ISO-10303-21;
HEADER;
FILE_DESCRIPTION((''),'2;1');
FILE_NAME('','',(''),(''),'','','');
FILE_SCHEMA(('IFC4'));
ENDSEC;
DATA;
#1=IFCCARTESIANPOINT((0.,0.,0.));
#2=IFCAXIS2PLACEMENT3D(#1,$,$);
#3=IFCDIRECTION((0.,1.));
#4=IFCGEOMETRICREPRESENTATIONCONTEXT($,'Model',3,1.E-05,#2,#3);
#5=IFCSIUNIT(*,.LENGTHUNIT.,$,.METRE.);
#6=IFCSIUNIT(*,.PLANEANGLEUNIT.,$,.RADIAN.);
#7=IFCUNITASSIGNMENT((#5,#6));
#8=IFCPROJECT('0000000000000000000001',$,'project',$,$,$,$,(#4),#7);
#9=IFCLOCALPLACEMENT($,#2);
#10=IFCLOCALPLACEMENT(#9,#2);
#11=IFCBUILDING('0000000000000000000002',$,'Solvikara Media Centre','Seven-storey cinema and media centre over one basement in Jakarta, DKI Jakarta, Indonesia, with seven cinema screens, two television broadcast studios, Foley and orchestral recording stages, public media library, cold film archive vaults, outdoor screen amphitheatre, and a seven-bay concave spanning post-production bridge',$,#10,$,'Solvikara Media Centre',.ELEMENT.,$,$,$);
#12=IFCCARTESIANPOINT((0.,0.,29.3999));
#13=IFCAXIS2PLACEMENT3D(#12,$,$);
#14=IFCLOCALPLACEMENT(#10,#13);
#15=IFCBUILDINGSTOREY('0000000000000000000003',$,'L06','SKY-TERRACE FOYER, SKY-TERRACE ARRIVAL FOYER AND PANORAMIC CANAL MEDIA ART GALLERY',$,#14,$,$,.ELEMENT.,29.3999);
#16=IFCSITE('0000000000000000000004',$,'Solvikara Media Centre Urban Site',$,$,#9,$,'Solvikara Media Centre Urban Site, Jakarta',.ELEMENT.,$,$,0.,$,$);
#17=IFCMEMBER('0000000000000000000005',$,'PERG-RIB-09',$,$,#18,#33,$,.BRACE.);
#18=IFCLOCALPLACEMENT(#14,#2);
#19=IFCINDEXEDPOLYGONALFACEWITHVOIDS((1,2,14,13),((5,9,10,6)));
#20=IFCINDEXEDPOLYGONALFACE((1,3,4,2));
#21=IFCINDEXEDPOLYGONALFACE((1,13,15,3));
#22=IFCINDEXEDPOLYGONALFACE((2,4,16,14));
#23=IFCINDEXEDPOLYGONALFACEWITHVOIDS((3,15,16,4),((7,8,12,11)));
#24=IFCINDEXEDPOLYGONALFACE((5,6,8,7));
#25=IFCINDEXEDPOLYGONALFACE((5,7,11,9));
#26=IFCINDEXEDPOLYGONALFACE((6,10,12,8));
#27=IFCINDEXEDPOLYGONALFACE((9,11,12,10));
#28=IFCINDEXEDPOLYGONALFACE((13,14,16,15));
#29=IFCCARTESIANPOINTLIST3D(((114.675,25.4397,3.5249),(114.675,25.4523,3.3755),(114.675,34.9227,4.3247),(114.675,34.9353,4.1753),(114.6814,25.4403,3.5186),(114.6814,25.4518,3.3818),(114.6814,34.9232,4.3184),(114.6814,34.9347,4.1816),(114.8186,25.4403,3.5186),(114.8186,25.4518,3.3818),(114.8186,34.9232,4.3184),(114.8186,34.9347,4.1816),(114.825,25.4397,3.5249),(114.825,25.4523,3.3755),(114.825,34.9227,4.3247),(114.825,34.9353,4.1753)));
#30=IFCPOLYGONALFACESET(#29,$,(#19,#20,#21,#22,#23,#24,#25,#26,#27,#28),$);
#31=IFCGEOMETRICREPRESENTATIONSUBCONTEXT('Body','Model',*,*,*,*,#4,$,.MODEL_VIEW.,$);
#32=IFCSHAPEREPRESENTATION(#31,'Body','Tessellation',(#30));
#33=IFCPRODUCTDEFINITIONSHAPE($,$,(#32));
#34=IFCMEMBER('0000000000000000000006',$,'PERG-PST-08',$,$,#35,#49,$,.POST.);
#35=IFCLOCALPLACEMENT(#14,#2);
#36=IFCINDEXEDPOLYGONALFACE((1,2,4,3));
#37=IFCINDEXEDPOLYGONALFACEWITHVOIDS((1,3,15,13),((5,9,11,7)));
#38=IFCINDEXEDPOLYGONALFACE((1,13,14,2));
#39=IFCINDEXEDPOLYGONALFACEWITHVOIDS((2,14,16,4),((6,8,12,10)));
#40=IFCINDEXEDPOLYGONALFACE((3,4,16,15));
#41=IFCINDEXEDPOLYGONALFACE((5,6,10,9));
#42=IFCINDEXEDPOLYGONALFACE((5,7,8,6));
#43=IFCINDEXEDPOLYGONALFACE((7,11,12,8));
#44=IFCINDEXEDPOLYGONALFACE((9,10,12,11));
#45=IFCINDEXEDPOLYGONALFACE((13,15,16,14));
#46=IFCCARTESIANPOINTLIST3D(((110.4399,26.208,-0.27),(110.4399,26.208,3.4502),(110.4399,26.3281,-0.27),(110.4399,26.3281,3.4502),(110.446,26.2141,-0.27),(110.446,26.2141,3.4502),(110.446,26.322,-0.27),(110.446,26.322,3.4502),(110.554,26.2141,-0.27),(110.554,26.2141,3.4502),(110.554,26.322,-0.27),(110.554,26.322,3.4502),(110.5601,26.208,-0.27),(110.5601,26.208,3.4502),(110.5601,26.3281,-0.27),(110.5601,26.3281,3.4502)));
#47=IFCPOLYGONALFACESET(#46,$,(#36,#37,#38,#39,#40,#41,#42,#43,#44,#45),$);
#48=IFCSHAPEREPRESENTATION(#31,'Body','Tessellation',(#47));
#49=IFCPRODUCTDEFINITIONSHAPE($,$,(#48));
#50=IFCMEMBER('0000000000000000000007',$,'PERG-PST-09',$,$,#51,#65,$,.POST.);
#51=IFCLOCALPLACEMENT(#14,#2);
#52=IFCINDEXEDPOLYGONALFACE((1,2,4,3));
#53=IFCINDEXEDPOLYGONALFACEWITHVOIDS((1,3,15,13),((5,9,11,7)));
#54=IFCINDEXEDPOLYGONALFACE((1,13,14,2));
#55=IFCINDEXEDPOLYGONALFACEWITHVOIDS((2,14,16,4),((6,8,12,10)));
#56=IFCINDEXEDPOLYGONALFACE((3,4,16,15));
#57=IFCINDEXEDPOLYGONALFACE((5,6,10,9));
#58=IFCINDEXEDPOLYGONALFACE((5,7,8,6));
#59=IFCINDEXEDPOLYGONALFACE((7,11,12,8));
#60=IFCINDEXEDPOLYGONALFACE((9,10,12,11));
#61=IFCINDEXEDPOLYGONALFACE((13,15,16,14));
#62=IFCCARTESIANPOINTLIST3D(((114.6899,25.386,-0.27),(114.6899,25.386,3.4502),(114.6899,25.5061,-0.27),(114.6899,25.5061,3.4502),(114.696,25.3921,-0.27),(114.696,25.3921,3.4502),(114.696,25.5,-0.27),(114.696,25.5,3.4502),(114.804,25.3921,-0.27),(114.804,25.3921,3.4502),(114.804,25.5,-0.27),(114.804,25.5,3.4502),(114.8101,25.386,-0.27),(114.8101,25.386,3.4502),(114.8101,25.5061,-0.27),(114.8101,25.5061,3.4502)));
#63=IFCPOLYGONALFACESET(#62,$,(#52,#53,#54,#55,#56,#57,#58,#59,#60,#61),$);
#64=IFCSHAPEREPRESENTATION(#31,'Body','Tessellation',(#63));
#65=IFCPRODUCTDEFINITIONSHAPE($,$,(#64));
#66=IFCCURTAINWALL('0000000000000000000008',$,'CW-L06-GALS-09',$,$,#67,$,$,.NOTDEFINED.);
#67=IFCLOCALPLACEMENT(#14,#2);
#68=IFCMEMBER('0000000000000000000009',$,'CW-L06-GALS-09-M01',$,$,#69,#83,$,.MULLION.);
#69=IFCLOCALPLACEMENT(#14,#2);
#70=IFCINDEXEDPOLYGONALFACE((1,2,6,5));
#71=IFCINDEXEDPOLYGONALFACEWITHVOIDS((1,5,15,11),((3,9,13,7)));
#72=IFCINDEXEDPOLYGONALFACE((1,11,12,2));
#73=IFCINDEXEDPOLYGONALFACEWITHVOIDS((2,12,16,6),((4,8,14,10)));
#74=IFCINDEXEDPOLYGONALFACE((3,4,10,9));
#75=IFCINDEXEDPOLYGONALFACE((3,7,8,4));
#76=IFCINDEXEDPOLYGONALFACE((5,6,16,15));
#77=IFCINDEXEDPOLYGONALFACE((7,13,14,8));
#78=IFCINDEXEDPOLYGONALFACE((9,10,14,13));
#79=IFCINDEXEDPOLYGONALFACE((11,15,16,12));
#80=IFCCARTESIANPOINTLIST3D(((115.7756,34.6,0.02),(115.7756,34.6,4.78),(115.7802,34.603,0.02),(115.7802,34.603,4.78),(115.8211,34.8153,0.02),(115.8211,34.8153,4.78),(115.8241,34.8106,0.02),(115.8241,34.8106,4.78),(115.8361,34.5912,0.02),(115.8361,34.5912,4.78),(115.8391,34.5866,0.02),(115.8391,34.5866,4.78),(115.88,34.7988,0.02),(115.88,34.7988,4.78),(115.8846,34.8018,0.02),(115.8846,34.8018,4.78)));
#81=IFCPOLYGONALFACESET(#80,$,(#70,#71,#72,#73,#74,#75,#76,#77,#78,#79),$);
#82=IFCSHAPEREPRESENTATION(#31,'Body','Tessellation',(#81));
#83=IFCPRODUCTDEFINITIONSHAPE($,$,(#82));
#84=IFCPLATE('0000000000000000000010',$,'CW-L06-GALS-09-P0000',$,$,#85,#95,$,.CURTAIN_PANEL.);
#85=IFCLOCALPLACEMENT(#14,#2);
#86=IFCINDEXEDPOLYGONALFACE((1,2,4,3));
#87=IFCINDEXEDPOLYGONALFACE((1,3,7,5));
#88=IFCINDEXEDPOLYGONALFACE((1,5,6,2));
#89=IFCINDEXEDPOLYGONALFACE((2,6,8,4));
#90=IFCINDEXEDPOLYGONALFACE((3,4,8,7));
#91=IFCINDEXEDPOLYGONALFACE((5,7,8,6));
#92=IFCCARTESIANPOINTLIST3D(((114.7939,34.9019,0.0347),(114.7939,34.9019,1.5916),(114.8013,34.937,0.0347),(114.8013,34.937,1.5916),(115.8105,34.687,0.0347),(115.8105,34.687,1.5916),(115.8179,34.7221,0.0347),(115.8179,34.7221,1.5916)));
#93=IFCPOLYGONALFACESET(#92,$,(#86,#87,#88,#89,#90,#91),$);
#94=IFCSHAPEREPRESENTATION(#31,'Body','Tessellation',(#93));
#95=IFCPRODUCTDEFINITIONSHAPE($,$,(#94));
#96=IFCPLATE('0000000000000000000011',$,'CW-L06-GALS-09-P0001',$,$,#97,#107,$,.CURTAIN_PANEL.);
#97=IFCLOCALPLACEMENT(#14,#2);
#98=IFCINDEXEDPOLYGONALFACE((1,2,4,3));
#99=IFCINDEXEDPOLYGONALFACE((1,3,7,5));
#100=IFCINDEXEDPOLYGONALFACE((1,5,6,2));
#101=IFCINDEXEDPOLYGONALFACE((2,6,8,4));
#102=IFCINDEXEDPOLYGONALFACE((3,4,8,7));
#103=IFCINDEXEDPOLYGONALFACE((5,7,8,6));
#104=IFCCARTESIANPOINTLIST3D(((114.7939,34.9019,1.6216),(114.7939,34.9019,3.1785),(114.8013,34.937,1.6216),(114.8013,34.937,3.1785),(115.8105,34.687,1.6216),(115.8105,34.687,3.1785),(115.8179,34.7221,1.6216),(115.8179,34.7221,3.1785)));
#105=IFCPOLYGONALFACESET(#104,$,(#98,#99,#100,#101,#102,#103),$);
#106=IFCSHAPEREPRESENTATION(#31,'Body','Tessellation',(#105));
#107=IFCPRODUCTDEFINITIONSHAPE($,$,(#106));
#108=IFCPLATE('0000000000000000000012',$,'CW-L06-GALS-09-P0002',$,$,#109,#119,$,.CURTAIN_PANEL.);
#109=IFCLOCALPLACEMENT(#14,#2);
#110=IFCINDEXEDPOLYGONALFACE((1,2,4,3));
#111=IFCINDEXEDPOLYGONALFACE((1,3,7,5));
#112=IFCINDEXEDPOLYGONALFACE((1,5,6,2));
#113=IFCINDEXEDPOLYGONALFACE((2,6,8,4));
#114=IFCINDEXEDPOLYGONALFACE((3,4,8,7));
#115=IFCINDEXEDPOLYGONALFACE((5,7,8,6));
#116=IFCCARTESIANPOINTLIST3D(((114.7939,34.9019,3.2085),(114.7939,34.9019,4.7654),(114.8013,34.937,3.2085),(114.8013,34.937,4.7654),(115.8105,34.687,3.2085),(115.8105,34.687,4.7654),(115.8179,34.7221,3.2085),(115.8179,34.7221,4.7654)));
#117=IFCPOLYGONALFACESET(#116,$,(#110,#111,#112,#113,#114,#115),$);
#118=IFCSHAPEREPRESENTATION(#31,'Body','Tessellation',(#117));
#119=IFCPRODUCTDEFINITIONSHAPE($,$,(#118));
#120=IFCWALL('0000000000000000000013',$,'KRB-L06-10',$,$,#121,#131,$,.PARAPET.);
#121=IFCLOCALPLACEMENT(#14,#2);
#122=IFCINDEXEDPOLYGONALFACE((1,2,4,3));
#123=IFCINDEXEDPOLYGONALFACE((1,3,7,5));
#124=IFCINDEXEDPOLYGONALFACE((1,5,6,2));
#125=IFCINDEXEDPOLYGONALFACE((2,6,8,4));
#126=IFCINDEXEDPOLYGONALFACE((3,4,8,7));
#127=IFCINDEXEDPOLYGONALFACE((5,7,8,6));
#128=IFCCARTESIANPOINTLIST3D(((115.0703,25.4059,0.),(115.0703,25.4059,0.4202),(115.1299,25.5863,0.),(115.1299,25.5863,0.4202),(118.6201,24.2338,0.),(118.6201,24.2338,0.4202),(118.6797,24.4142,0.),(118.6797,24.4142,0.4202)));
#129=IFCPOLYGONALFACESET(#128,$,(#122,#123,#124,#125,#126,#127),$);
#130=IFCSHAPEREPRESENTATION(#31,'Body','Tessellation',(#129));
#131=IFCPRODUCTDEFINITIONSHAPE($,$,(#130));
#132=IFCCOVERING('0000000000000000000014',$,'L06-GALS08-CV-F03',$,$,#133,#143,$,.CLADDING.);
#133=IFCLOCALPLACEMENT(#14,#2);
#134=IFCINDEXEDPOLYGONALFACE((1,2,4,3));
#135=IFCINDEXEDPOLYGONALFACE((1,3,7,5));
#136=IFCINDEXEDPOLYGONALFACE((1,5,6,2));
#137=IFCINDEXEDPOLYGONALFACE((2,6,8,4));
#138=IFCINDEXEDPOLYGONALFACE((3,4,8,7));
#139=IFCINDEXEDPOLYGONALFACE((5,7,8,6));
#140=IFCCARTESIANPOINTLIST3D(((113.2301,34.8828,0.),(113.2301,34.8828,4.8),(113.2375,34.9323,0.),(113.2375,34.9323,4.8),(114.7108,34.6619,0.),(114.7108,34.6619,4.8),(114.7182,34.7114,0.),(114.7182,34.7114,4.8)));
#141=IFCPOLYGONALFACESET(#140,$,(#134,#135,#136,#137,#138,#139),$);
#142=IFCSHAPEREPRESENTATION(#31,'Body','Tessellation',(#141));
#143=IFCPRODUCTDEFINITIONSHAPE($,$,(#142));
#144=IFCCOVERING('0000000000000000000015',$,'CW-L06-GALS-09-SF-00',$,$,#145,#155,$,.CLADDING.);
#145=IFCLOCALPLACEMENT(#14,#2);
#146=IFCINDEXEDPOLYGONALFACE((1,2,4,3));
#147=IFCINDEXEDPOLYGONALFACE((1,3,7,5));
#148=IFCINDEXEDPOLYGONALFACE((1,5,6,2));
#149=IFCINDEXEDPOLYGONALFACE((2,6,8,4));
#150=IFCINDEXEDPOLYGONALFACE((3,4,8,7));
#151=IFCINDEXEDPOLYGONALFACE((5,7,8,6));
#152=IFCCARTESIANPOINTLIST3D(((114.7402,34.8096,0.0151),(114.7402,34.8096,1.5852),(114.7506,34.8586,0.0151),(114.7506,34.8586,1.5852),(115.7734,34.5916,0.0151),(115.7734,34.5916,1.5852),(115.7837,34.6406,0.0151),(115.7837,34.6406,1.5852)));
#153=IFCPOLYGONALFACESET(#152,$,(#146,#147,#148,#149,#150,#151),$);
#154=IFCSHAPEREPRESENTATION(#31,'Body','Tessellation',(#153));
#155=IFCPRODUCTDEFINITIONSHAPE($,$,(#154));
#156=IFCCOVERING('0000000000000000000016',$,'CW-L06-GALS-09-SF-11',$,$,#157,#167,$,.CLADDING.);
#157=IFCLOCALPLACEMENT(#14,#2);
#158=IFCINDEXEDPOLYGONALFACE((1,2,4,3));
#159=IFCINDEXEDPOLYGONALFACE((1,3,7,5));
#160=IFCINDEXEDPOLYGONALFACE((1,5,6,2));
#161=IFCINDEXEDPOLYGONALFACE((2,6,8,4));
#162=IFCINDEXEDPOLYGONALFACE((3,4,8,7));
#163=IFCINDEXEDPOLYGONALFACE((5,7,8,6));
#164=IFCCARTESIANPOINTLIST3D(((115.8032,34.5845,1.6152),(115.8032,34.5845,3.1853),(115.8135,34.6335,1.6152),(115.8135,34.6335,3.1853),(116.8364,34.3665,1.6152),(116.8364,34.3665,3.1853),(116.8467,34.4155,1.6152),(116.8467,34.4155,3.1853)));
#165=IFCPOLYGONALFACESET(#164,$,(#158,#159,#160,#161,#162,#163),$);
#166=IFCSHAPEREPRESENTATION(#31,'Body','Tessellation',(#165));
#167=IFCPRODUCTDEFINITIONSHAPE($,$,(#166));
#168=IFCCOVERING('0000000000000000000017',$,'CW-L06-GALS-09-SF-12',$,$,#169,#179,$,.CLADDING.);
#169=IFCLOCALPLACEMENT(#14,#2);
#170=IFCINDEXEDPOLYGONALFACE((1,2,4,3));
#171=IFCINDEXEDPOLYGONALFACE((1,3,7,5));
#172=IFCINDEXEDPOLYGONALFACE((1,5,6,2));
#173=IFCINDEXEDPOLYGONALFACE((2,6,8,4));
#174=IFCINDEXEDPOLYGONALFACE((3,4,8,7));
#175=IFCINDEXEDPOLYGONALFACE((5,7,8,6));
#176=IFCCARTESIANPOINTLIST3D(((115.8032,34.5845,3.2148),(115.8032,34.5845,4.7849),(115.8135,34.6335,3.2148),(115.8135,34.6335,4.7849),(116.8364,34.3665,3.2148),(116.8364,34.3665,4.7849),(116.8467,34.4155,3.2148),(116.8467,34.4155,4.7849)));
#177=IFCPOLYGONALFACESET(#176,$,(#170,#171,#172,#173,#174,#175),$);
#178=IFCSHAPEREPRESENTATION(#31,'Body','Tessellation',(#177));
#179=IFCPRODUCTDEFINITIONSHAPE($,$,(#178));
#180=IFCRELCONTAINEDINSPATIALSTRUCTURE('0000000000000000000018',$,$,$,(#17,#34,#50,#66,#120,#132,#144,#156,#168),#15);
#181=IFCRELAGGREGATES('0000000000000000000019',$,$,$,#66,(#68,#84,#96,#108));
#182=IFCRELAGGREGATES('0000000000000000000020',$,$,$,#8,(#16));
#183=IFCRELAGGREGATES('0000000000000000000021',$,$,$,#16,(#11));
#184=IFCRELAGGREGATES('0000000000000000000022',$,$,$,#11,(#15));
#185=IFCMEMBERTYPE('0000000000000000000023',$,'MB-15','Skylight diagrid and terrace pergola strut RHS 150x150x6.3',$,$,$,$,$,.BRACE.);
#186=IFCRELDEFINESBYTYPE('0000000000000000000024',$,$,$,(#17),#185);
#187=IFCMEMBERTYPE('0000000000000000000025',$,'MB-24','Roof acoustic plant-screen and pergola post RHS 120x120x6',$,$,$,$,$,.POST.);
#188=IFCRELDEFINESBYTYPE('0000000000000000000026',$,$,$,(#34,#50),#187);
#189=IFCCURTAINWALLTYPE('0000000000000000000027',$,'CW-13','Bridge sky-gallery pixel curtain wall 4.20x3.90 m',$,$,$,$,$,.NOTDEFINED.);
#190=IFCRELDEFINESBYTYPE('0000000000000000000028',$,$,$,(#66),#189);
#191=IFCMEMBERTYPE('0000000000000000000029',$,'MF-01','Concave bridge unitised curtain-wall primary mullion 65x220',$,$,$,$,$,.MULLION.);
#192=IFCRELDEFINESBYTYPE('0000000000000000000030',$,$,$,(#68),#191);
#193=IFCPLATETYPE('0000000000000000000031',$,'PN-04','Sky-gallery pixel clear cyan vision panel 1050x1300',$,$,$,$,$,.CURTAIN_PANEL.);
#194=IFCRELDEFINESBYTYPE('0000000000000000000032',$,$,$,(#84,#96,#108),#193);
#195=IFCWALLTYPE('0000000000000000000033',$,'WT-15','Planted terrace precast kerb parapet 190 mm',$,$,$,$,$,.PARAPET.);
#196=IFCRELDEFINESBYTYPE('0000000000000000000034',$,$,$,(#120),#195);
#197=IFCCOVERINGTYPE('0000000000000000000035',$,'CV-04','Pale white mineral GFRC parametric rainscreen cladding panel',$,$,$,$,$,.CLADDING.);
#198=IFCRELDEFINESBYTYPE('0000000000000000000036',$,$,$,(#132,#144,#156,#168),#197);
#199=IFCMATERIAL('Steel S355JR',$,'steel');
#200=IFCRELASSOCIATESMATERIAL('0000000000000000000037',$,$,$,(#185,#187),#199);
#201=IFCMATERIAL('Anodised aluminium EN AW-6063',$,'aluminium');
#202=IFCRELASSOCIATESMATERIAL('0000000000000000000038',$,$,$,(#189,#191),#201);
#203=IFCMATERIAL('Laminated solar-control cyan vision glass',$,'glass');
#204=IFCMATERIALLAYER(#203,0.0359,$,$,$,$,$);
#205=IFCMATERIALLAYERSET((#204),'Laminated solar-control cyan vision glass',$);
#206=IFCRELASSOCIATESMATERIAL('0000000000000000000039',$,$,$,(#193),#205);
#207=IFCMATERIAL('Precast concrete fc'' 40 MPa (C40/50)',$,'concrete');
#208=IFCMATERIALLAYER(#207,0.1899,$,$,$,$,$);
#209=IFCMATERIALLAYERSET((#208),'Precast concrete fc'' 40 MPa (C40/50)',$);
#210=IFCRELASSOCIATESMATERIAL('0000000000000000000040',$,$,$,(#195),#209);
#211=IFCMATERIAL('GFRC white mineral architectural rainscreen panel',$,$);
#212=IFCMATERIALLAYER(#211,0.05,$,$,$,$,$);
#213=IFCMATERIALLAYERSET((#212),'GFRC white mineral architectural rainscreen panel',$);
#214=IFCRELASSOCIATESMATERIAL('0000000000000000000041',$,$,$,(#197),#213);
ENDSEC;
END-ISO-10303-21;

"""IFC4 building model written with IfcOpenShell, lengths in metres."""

from ifc_helpers import new_model, si_unit, direction, frame, frame_2d, origin, origin_2d, place, context, subcontext, project, spatial, rectangle, hollow_rectangle, extrude, material, layer, layer_set, material_profile, profile_set, type_object, element, aggregate, save


model = new_model("IFC4")

# Units and contexts
model_context = context("Model", 3, precision=1e-05, world=origin(), true_north=direction((0.0, 1.0)))
body_context = subcontext(model_context, "Body", "Model", "MODEL_VIEW")
ifc_project = project(units=[si_unit("LENGTHUNIT", "METRE"), si_unit("PLANEANGLEUNIT", "RADIAN")], contexts=[model_context])

# Site, building, storey
site_placement = place(None, origin())
site = spatial("IfcSite", under=ifc_project, at=site_placement, Name="Solvikara Media Centre Urban Site", LongName="Solvikara Media Centre Urban Site, Jakarta", CompositionType="ELEMENT", RefElevation=0.0)
building_placement = place(site_placement, origin())
building = spatial("IfcBuilding", under=site, at=building_placement, Name="Solvikara Media Centre", Description="Seven-storey cinema and media centre over one basement in Jakarta, DKI Jakarta, Indonesia, with seven cinema screens, two television broadcast studios, Foley and orchestral recording stages, public media library, cold film archive vaults, outdoor screen amphitheatre, and a seven-bay concave spanning post-production bridge", LongName="Solvikara Media Centre", CompositionType="ELEMENT")
storey_placement = place(building_placement, frame((0.0, 0.0, 29.3999)))
storey = spatial("IfcBuildingStorey", under=building, at=storey_placement, Name="L06", Description="SKY-TERRACE FOYER, SKY-TERRACE ARRIVAL FOYER AND PANORAMIC CANAL MEDIA ART GALLERY", CompositionType="ELEMENT", Elevation=29.3999)

# Shared definitions
ifc_material_1 = material(Name="Steel S355JR", Category="steel")

# Members
ifc_material_profile_1 = material_profile(ifc_material_1, hollow_rectangle(XDim=0.1499, YDim=0.1499, WallThickness=0.0063, at=origin_2d()), Name="RHS 150x150x6.3")
ifc_profile_set_1 = profile_set([ifc_material_profile_1], Name="Steel S355JR")
member_type_1 = type_object("IfcMemberType", Name="MB-15", Description="Skylight diagrid and terrace pergola strut RHS 150x150x6.3", PredefinedType="BRACE", material=ifc_profile_set_1)
member_1_placement = place(storey_placement, frame((114.75, 25.446, 3.4502), z_axis=(0.0, 0.996462, 0.084043), x_axis=(-1.0, 0.0, 0.0)))
element("IfcMember", 1, at=member_1_placement, inside=storey, type_object=member_type_1, Name="PERG-RIB-09", PredefinedType="BRACE", context=body_context, shape_type="SweptSolid", body=[
    extrude(hollow_rectangle(XDim=0.1499, YDim=0.1499, WallThickness=0.0063, at=origin_2d()), origin(), (0.0, 0.0, 1.0), 9.5166),
])
ifc_material_profile_2 = material_profile(ifc_material_1, hollow_rectangle(XDim=0.1201, YDim=0.1201, WallThickness=0.0061, at=origin_2d()), Name="RHS 120x120x6")
ifc_profile_set_2 = profile_set([ifc_material_profile_2], Name="Steel S355JR")
member_type_2 = type_object("IfcMemberType", Name="MB-24", Description="Roof acoustic plant-screen and pergola post RHS 120x120x6", PredefinedType="POST", material=ifc_profile_set_2)
for number, where, z_axis, x_axis, name in (
    (2, (110.5, 26.2681, -0.27), (0.0, 0.0, 1.0), (1.0, 0.0, 0.0), "PERG-PST-08"),
    (3, (114.75, 25.446, -0.27), (0.0, 0.0, 1.0), (1.0, 0.0, 0.0), "PERG-PST-09"),
):
    element("IfcMember", number, at=place(storey_placement, frame(where, z_axis=z_axis, x_axis=x_axis)), inside=storey, type_object=member_type_2, Name=name, PredefinedType="POST", context=body_context, shape_type="SweptSolid", body=[
        extrude(hollow_rectangle(XDim=0.1201, YDim=0.1201, WallThickness=0.0061, at=origin_2d()), origin(), (0.0, 0.0, 1.0), 3.7202),
    ])

# Curtain wall, member, plates
ifc_material_2 = material(Name="Anodised aluminium EN AW-6063", Category="aluminium")
curtain_wall_type = type_object("IfcCurtainWallType", Name="CW-13", Description="Bridge sky-gallery pixel curtain wall 4.20x3.90 m", PredefinedType="NOTDEFINED", material=ifc_material_2)
curtain_wall_placement = place(storey_placement, origin())
curtain_wall = element("IfcCurtainWall", 4, at=curtain_wall_placement, inside=storey, type_object=curtain_wall_type, Name="CW-L06-GALS-09", PredefinedType="NOTDEFINED")
ifc_material_profile_3 = material_profile(ifc_material_2, hollow_rectangle(XDim=0.0649, YDim=0.22, WallThickness=0.0039, at=origin_2d()), Name="ALU-M 65x220x4")
ifc_profile_set_3 = profile_set([ifc_material_profile_3], Name="Anodised aluminium EN AW-6063")
member_type_3 = type_object("IfcMemberType", Name="MF-01", Description="Concave bridge unitised curtain-wall primary mullion 65x220", PredefinedType="MULLION", material=ifc_profile_set_3)
member_2_placement = place(storey_placement, frame((115.8301, 34.7009, 0.02), z_axis=(0.0, 0.0, 1.0), x_axis=(0.978379, -0.206819, 0.0)))
member_2 = element("IfcMember", 5, at=member_2_placement, type_object=member_type_3, Name="CW-L06-GALS-09-M01", PredefinedType="MULLION", context=body_context, shape_type="SweptSolid", body=[
    extrude(hollow_rectangle(XDim=0.0649, YDim=0.22, WallThickness=0.0039, at=origin_2d()), origin(), (0.0, 0.0, 1.0), 4.76),
])
ifc_material_3 = material(Name="Laminated solar-control cyan vision glass", Category="glass")
ifc_layer_1 = layer(ifc_material_3, 0.0359)
ifc_layer_set_1 = layer_set([ifc_layer_1], Name="Laminated solar-control cyan vision glass")
plate_type = type_object("IfcPlateType", Name="PN-04", Description="Sky-gallery pixel clear cyan vision panel 1050x1300", PredefinedType="CURTAIN_PANEL", material=ifc_layer_set_1)
plate_1_placement = place(storey_placement, frame((115.3059, 34.812, 0.0347), z_axis=(0.0, 0.0, 1.0), x_axis=(0.978379, -0.206819, 0.0)))
plate_1 = element("IfcPlate", 6, at=plate_1_placement, type_object=plate_type, Name="CW-L06-GALS-09-P0000", PredefinedType="CURTAIN_PANEL", context=body_context, shape_type="SweptSolid", body=[
    extrude(rectangle(XDim=1.0391, YDim=0.0359, at=origin_2d()), origin(), (0.0, 0.0, 1.0), 1.5569),
])
plate_2_placement = place(storey_placement, frame((115.3059, 34.812, 1.6216), z_axis=(0.0, 0.0, 1.0), x_axis=(0.978379, -0.206819, 0.0)))
plate_2 = element("IfcPlate", 7, at=plate_2_placement, type_object=plate_type, Name="CW-L06-GALS-09-P0001", PredefinedType="CURTAIN_PANEL", context=body_context, shape_type="SweptSolid", body=[
    extrude(rectangle(XDim=1.0391, YDim=0.0359, at=origin_2d()), origin(), (0.0, 0.0, 1.0), 1.5569),
])
plate_3_placement = place(storey_placement, frame((115.3059, 34.812, 3.2085), z_axis=(0.0, 0.0, 1.0), x_axis=(0.978379, -0.206819, 0.0)))
plate_3 = element("IfcPlate", 8, at=plate_3_placement, type_object=plate_type, Name="CW-L06-GALS-09-P0002", PredefinedType="CURTAIN_PANEL", context=body_context, shape_type="SweptSolid", body=[
    extrude(rectangle(XDim=1.0391, YDim=0.0359, at=origin_2d()), origin(), (0.0, 0.0, 1.0), 1.5569),
])
aggregate(curtain_wall, [member_2, plate_1, plate_2, plate_3])

# Wall
ifc_material_4 = material(Name="Precast concrete fc' 40 MPa (C40/50)", Category="concrete")
ifc_layer_2 = layer(ifc_material_4, 0.1899)
ifc_layer_set_2 = layer_set([ifc_layer_2], Name="Precast concrete fc' 40 MPa (C40/50)")
wall_type = type_object("IfcWallType", Name="WT-15", Description="Planted terrace precast kerb parapet 190 mm", PredefinedType="PARAPET", material=ifc_layer_set_2)
wall_placement = place(storey_placement, frame((115.1001, 25.4961, 0.0), z_axis=(0.0, 0.0, 1.0), x_axis=(0.949574, -0.313542, 0.0)))
element("IfcWall", 9, at=wall_placement, inside=storey, type_object=wall_type, Name="KRB-L06-10", PredefinedType="PARAPET", context=body_context, shape_type="SweptSolid", body=[
    extrude(rectangle(XDim=3.7383, YDim=0.1899, at=frame_2d((1.8691, 0.0))), origin(), (0.0, 0.0, 1.0), 0.4202),
])

# Coverings
ifc_material_5 = material(Name="GFRC white mineral architectural rainscreen panel")
ifc_layer_3 = layer(ifc_material_5, 0.05)
ifc_layer_set_3 = layer_set([ifc_layer_3], Name="GFRC white mineral architectural rainscreen panel")
covering_type = type_object("IfcCoveringType", Name="CV-04", Description="Pale white mineral GFRC parametric rainscreen cladding panel", PredefinedType="CLADDING", material=ifc_layer_set_3)
covering_placement = place(storey_placement, frame((113.9741, 34.7971, 0.0), z_axis=(0.0, 0.0, 1.0), x_axis=(0.989049, -0.147585, 0.0)))
element("IfcCovering", 10, at=covering_placement, inside=storey, type_object=covering_type, Name="L06-GALS08-CV-F03", PredefinedType="CLADDING", context=body_context, shape_type="SweptSolid", body=[
    extrude(rectangle(XDim=1.4971, YDim=0.05, at=origin_2d()), origin(), (0.0, 0.0, 1.0), 4.8),
])
for number, where, z_axis, x_axis, name in (
    (11, (115.262, 34.7251, 0.0151), (0.0, 0.0, 1.0), (0.978448, -0.206495, 0.0), "CW-L06-GALS-09-SF-00"),
    (12, (116.325, 34.5, 1.6152), (0.0, 0.0, 1.0), (0.978448, -0.206495, 0.0), "CW-L06-GALS-09-SF-11"),
    (13, (116.325, 34.5, 3.2148), (0.0, 0.0, 1.0), (0.978448, -0.206495, 0.0), "CW-L06-GALS-09-SF-12"),
):
    element("IfcCovering", number, at=place(storey_placement, frame(where, z_axis=z_axis, x_axis=x_axis)), inside=storey, type_object=covering_type, Name=name, PredefinedType="CLADDING", context=body_context, shape_type="SweptSolid", body=[
        extrude(rectangle(XDim=1.0559, YDim=0.05, at=origin_2d()), origin(), (0.0, 0.0, 1.0), 1.5701),
    ])

save(model, "model.ifc")
